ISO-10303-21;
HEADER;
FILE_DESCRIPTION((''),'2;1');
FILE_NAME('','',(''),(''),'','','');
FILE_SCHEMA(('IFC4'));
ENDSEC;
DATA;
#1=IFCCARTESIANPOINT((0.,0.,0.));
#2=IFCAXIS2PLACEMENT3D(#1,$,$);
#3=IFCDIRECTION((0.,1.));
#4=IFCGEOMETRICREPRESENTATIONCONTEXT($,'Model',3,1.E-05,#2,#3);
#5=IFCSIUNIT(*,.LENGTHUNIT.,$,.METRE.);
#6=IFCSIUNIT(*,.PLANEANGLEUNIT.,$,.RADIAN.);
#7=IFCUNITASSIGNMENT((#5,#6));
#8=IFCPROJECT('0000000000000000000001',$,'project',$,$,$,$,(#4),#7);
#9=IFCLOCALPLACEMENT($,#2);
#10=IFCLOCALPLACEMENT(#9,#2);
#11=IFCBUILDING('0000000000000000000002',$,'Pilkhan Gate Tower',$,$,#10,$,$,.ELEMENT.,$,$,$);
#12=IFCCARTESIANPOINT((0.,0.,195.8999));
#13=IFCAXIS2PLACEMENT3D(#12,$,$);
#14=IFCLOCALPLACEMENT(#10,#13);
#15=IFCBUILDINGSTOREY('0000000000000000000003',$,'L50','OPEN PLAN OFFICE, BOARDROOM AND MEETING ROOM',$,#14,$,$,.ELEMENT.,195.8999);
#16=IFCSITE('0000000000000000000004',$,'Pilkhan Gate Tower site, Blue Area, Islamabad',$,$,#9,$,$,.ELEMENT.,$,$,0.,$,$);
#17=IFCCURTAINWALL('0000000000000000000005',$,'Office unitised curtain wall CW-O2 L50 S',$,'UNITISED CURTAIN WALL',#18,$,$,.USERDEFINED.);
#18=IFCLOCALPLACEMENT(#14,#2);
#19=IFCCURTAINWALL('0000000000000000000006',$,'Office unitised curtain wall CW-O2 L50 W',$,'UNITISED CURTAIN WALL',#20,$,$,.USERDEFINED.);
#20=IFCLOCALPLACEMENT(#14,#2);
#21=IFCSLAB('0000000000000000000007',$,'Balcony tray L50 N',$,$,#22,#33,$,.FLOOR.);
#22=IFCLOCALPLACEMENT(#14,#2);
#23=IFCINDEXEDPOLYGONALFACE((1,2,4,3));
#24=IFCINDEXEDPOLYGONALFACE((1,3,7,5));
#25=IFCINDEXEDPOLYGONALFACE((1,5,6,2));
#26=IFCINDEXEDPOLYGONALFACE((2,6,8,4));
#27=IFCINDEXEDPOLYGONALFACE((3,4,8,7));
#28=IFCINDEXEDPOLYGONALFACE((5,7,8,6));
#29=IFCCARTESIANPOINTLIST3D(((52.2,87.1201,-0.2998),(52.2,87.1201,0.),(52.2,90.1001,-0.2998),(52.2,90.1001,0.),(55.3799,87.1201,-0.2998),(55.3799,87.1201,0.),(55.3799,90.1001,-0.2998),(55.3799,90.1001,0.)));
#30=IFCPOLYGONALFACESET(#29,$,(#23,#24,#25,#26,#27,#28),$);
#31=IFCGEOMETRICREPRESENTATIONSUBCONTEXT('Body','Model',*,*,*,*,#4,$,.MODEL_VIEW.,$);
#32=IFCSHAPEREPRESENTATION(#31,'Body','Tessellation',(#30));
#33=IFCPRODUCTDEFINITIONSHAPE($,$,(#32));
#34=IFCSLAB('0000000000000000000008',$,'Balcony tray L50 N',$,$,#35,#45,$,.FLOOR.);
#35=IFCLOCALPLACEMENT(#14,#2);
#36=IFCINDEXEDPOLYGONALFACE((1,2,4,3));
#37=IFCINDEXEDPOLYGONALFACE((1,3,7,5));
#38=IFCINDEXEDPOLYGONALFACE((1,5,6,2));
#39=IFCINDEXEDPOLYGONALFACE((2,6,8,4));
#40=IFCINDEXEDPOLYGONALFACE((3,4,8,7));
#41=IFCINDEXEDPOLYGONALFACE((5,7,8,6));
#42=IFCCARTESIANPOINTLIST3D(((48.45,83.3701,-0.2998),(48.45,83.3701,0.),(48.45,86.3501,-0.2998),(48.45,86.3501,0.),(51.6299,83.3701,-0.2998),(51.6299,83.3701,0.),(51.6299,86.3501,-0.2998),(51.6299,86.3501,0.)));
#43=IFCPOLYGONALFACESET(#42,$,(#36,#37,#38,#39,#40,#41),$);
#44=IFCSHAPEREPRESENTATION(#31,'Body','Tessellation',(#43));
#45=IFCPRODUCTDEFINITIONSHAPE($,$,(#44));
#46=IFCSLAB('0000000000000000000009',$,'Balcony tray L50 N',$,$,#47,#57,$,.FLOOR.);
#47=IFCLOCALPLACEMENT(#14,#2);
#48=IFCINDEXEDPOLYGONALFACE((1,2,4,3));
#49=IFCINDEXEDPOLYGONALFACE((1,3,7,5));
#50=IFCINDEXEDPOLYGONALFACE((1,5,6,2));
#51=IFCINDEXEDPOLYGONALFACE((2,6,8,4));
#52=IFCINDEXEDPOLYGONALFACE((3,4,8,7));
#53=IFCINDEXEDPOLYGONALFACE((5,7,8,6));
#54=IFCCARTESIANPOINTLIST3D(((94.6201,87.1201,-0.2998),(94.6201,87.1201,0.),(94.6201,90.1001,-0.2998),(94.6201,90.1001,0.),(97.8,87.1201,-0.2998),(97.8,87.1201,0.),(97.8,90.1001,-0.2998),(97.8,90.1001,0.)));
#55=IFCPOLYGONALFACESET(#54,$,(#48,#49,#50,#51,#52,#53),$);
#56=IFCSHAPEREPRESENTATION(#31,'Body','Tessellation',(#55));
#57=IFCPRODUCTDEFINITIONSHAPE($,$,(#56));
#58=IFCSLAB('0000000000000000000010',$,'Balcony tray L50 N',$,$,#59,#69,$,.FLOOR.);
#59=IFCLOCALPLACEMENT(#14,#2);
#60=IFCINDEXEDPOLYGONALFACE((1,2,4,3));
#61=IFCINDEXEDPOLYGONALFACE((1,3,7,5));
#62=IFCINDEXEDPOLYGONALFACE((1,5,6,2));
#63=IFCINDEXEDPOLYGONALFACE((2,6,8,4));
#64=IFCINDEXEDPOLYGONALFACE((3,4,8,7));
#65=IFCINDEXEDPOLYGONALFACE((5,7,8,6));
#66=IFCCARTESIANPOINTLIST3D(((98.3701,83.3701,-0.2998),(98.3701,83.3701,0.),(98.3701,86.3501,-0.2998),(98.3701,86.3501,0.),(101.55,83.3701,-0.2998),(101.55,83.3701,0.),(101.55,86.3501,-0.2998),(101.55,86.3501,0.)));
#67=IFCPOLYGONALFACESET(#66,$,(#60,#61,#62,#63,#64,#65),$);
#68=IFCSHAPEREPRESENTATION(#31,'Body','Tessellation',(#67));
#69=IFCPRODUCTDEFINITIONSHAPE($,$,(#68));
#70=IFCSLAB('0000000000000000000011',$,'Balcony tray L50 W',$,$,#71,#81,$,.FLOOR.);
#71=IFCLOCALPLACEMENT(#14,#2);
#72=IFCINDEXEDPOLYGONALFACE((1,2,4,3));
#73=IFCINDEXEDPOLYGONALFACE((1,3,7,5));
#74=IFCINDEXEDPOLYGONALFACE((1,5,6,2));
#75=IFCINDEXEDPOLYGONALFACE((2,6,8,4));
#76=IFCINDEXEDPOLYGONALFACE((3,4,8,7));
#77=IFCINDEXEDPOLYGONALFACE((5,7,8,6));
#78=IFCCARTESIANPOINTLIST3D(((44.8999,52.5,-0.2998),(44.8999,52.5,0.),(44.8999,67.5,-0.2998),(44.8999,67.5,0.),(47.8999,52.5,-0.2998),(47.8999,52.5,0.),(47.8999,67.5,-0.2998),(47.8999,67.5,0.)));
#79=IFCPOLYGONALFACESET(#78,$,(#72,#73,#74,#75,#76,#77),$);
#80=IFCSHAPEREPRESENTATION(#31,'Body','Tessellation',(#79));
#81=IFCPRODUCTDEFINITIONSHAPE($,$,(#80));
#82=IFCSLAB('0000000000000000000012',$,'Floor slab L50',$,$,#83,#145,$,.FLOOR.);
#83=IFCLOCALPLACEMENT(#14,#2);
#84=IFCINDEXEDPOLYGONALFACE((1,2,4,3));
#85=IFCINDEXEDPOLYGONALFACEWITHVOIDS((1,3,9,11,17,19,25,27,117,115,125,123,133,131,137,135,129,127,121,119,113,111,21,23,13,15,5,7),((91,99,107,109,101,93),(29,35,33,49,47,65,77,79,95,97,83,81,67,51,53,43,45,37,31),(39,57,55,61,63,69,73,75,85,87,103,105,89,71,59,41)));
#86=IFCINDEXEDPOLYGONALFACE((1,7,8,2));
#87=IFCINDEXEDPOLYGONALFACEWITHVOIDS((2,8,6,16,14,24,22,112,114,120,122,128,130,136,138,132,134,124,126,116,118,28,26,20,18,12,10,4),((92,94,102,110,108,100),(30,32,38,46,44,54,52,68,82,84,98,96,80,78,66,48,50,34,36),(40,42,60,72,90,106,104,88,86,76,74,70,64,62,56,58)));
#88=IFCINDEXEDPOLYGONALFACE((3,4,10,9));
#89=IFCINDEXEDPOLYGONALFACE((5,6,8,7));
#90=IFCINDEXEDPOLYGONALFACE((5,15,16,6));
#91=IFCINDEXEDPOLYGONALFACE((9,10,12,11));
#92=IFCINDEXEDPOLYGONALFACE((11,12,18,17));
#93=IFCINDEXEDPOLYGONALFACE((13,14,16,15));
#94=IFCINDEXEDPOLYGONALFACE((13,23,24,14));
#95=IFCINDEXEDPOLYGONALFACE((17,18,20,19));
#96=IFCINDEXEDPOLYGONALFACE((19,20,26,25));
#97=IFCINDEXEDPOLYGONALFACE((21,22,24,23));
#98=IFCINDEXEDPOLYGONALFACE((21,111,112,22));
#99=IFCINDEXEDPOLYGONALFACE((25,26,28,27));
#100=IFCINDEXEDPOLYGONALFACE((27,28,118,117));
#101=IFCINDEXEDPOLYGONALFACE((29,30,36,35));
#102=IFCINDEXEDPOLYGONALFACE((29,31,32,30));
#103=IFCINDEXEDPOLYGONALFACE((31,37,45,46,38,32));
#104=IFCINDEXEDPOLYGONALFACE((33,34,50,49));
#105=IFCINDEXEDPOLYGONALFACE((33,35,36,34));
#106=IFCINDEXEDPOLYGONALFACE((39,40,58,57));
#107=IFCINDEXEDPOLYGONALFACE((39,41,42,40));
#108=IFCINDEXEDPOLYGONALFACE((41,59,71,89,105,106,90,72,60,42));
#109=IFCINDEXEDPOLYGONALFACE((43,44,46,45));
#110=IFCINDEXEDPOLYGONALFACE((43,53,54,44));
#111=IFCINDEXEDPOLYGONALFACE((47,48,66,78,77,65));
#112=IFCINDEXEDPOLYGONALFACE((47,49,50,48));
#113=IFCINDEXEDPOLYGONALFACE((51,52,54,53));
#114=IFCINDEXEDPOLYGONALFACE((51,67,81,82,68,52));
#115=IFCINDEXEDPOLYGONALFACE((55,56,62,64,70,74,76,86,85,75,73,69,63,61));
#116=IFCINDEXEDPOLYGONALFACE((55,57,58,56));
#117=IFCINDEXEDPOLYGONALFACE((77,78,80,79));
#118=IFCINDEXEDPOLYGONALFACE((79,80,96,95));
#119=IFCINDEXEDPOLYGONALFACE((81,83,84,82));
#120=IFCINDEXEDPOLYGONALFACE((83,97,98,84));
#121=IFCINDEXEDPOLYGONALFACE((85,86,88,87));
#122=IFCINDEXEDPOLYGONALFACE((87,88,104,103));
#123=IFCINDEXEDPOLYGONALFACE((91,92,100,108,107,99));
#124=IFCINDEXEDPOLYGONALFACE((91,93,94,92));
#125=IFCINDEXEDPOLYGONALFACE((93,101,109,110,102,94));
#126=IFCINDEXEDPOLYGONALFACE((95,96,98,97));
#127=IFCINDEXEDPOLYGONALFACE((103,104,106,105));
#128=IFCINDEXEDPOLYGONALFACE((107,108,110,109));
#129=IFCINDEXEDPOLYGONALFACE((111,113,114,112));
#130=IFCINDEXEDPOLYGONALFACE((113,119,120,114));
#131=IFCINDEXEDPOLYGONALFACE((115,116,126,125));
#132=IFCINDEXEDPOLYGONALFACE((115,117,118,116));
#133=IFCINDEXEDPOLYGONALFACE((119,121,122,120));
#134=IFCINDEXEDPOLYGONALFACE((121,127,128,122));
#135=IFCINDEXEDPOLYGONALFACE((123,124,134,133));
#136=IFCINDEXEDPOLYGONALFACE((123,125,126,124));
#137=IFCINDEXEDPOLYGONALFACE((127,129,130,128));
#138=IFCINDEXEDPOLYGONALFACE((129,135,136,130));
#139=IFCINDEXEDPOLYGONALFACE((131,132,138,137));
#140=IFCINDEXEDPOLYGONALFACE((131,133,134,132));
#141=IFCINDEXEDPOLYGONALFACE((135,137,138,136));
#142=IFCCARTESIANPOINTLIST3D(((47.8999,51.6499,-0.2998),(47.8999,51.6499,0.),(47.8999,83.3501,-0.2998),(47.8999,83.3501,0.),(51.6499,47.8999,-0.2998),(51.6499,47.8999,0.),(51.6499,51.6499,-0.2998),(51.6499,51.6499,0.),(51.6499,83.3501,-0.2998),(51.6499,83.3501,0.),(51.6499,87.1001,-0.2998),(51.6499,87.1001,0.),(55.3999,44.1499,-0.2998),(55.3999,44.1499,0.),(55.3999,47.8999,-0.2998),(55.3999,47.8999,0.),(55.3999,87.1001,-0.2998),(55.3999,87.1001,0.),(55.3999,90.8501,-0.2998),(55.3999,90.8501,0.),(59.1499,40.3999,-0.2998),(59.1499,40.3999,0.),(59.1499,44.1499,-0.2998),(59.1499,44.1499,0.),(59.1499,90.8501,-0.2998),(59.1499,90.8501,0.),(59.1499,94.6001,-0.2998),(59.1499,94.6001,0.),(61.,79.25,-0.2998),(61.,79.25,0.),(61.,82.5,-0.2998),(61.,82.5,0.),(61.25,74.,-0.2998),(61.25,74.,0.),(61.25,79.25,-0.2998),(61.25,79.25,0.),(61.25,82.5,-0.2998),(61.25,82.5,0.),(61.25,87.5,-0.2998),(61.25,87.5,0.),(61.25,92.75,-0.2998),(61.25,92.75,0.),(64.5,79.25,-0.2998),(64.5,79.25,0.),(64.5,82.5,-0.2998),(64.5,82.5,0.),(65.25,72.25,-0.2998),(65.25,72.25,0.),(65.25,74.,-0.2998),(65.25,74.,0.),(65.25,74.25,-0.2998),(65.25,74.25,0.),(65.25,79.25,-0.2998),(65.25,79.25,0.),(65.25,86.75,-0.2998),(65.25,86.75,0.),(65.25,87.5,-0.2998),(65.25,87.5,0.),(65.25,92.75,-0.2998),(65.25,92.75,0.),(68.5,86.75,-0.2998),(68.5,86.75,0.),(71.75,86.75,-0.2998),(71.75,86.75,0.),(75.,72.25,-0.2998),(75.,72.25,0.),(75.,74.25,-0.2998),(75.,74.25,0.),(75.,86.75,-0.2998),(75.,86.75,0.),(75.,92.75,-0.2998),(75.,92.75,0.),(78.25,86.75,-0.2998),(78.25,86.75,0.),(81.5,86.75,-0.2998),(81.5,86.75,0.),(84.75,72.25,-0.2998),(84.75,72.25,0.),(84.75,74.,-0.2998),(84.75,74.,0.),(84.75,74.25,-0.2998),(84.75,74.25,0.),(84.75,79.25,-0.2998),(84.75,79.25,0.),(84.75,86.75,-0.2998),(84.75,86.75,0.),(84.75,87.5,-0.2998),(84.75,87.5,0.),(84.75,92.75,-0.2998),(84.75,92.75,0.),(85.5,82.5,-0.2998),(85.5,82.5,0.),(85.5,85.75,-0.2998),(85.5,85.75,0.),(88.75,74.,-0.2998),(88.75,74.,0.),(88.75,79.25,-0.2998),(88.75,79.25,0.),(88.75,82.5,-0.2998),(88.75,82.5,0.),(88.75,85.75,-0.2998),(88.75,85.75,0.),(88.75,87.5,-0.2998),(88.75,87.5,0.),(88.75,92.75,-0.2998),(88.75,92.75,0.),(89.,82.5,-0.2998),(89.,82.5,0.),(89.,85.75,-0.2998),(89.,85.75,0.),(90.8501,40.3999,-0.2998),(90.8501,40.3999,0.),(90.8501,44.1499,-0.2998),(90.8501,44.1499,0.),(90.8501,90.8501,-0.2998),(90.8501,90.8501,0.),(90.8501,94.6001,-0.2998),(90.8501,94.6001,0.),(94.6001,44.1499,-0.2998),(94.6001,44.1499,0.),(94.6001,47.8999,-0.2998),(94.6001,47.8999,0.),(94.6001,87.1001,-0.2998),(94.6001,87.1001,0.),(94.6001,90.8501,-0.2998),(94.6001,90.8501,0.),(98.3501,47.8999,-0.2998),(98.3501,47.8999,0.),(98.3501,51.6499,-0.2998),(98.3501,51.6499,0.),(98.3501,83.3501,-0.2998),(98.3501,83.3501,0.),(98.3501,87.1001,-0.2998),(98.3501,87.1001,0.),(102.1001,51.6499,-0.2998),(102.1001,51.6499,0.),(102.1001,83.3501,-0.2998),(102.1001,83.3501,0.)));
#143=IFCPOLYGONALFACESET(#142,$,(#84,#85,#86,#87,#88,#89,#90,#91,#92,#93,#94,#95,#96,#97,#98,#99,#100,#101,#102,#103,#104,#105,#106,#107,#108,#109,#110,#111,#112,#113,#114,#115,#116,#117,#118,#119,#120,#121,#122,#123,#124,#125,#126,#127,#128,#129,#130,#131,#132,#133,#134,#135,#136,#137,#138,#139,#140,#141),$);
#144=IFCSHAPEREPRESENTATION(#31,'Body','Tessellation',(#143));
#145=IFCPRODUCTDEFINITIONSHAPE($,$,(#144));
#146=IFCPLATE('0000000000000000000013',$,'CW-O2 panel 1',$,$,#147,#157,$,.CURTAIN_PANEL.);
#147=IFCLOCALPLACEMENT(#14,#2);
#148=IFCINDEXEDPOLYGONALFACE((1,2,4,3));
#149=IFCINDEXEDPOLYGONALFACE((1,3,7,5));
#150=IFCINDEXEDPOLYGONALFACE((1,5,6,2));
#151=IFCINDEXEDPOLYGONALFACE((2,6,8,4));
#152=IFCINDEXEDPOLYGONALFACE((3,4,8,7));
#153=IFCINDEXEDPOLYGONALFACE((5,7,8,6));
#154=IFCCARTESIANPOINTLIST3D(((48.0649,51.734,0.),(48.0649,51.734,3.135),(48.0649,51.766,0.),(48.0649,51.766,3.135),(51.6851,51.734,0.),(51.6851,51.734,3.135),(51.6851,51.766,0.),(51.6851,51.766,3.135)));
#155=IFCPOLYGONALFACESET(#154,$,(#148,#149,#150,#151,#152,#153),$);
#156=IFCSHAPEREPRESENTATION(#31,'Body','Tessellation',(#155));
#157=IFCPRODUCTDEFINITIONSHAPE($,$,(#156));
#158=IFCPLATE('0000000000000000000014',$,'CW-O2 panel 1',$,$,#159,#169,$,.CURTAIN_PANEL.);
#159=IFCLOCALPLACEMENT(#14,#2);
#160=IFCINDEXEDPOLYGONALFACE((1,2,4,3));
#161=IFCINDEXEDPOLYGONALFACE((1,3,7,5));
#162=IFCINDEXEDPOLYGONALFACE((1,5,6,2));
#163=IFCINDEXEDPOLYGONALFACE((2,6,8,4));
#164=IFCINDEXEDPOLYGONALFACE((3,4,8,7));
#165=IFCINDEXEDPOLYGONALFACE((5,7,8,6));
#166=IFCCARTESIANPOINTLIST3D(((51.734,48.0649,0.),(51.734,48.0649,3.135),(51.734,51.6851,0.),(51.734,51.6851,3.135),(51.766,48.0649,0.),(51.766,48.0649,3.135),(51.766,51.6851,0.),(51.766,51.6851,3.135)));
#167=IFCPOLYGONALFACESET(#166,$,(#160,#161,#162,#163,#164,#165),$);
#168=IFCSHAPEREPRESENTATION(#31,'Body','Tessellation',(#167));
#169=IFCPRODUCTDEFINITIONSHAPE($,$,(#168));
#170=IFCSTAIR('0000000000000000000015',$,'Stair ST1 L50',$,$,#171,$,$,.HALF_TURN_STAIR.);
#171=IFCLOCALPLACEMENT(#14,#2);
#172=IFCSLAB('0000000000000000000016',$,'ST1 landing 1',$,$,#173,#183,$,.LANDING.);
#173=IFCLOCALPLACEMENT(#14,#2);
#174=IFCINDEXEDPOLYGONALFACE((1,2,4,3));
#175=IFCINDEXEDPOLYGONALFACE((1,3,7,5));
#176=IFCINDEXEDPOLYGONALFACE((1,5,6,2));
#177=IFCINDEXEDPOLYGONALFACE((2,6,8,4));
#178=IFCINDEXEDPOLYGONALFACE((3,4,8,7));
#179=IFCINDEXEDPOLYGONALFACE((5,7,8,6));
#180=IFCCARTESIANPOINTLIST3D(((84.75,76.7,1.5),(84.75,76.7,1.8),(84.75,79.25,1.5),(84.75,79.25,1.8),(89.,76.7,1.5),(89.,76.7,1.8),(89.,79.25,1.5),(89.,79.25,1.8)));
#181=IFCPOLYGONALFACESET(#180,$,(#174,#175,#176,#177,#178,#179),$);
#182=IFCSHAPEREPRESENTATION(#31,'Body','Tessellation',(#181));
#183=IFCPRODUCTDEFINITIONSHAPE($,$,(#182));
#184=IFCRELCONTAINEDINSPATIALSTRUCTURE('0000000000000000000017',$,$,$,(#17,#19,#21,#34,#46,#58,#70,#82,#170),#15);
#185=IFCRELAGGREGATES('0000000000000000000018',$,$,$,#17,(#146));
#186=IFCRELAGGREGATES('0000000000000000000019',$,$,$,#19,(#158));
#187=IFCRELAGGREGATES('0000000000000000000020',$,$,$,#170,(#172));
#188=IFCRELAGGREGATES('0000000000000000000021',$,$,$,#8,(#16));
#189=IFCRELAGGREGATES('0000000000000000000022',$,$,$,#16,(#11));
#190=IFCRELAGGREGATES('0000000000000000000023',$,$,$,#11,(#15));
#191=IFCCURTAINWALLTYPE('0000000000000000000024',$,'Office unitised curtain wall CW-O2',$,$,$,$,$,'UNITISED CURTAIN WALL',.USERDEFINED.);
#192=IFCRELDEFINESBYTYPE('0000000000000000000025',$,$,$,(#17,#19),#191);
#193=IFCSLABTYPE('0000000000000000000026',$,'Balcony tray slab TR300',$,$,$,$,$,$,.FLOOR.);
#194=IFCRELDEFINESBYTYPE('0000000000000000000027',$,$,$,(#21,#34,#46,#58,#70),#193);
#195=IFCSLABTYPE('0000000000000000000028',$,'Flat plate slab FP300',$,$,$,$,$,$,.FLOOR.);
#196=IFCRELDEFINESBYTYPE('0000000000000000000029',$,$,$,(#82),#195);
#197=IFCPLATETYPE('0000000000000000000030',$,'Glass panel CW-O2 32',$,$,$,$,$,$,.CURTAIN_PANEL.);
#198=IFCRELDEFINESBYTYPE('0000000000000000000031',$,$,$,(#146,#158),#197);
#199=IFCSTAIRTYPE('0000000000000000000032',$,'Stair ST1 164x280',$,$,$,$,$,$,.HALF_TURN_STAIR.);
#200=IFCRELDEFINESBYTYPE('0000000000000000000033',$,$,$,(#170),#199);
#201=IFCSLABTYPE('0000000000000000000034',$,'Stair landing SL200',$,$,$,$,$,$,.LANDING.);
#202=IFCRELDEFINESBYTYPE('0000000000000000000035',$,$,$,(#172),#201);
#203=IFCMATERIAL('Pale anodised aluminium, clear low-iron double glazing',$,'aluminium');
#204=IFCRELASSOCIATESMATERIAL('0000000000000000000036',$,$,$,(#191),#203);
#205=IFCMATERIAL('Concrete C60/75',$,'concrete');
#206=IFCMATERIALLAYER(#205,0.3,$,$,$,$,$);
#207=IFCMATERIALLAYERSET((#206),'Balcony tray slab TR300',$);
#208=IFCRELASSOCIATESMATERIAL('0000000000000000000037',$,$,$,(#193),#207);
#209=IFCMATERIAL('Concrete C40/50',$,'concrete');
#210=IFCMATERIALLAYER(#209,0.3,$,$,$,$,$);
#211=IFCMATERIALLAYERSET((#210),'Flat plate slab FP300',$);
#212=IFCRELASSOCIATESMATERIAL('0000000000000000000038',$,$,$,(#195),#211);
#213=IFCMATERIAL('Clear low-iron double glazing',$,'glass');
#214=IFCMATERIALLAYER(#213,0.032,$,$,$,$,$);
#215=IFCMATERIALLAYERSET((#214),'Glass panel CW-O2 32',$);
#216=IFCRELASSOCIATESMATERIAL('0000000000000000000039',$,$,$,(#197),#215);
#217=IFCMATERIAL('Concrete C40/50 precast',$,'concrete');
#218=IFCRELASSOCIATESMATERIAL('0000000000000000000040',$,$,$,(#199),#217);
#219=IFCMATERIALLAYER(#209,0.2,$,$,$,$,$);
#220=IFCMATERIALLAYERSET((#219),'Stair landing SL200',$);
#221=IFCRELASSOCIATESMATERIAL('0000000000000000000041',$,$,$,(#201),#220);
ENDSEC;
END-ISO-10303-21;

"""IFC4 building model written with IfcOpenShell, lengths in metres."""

from ifc_helpers import new_model, si_unit, direction, frame, origin, origin_2d, place, context, subcontext, project, spatial, polyline, rectangle, outline, extrude, material, layer, layer_set, type_object, element, aggregate, save


model = new_model("IFC4")

# Units and contexts
model_context = context("Model", 3, precision=1e-05, world=origin(), true_north=direction((0.0, 1.0)))
body_context = subcontext(model_context, "Body", "Model", "MODEL_VIEW")
ifc_project = project(units=[si_unit("LENGTHUNIT", "METRE"), si_unit("PLANEANGLEUNIT", "RADIAN")], contexts=[model_context])

# Site, building, storey
site_placement = place(None, origin())
site = spatial("IfcSite", under=ifc_project, at=site_placement, Name="Pilkhan Gate Tower site, Blue Area, Islamabad", CompositionType="ELEMENT", RefElevation=0.0)
building_placement = place(site_placement, origin())
building = spatial("IfcBuilding", under=site, at=building_placement, Name="Pilkhan Gate Tower", CompositionType="ELEMENT")
storey_placement = place(building_placement, frame((0.0, 0.0, 195.8999)))
storey = spatial("IfcBuildingStorey", under=building, at=storey_placement, Name="L50", Description="OPEN PLAN OFFICE, BOARDROOM AND MEETING ROOM", CompositionType="ELEMENT", Elevation=195.8999)

# Shared definitions
ifc_material_1 = material(Name="Pale anodised aluminium, clear low-iron double glazing", Category="aluminium")
curtain_wall_type = type_object("IfcCurtainWallType", Name="Office unitised curtain wall CW-O2", ElementType="UNITISED CURTAIN WALL", PredefinedType="USERDEFINED", material=ifc_material_1)

# Curtain walls
curtain_wall_1_placement = place(storey_placement, origin())
curtain_wall_1 = element("IfcCurtainWall", 1, at=curtain_wall_1_placement, inside=storey, type_object=curtain_wall_type, Name="Office unitised curtain wall CW-O2 L50 S", ObjectType="UNITISED CURTAIN WALL", PredefinedType="USERDEFINED")
curtain_wall_2_placement = place(storey_placement, origin())
curtain_wall_2 = element("IfcCurtainWall", 2, at=curtain_wall_2_placement, inside=storey, type_object=curtain_wall_type, Name="Office unitised curtain wall CW-O2 L50 W", ObjectType="UNITISED CURTAIN WALL", PredefinedType="USERDEFINED")

# Slabs
ifc_material_2 = material(Name="Concrete C60/75", Category="concrete")
ifc_layer_1 = layer(ifc_material_2, 0.3)
ifc_layer_set_1 = layer_set([ifc_layer_1], Name="Balcony tray slab TR300")
slab_type_1 = type_object("IfcSlabType", Name="Balcony tray slab TR300", PredefinedType="FLOOR", material=ifc_layer_set_1)
slab_1_placement = place(storey_placement, frame((0.0, 0.0, -0.2998)))
element("IfcSlab", 3, at=slab_1_placement, inside=storey, type_object=slab_type_1, Name="Balcony tray L50 N", PredefinedType="FLOOR", context=body_context, shape_type="SweptSolid", body=[
    extrude(outline(polyline([(55.3799, 87.1201), (55.3799, 90.1001), (52.2, 90.1001), (52.2, 87.1201), (55.3799, 87.1201)])), origin(), (0.0, 0.0, 1.0), 0.2998),
])
slab_2_placement = place(storey_placement, frame((0.0, 0.0, -0.2998)))
element("IfcSlab", 4, at=slab_2_placement, inside=storey, type_object=slab_type_1, Name="Balcony tray L50 N", PredefinedType="FLOOR", context=body_context, shape_type="SweptSolid", body=[
    extrude(outline(polyline([(51.6299, 83.3701), (51.6299, 86.3501), (48.45, 86.3501), (48.45, 83.3701), (51.6299, 83.3701)])), origin(), (0.0, 0.0, 1.0), 0.2998),
])
slab_3_placement = place(storey_placement, frame((0.0, 0.0, -0.2998)))
element("IfcSlab", 5, at=slab_3_placement, inside=storey, type_object=slab_type_1, Name="Balcony tray L50 N", PredefinedType="FLOOR", context=body_context, shape_type="SweptSolid", body=[
    extrude(outline(polyline([(97.8, 87.1201), (97.8, 90.1001), (94.6201, 90.1001), (94.6201, 87.1201), (97.8, 87.1201)])), origin(), (0.0, 0.0, 1.0), 0.2998),
])
slab_4_placement = place(storey_placement, frame((0.0, 0.0, -0.2998)))
element("IfcSlab", 6, at=slab_4_placement, inside=storey, type_object=slab_type_1, Name="Balcony tray L50 N", PredefinedType="FLOOR", context=body_context, shape_type="SweptSolid", body=[
    extrude(outline(polyline([(101.55, 83.3701), (101.55, 86.3501), (98.3701, 86.3501), (98.3701, 83.3701), (101.55, 83.3701)])), origin(), (0.0, 0.0, 1.0), 0.2998),
])
slab_5_placement = place(storey_placement, frame((0.0, 0.0, -0.2998)))
element("IfcSlab", 7, at=slab_5_placement, inside=storey, type_object=slab_type_1, Name="Balcony tray L50 W", PredefinedType="FLOOR", context=body_context, shape_type="SweptSolid", body=[
    extrude(outline(polyline([(47.8999, 52.5), (47.8999, 67.5), (44.8999, 67.5), (44.8999, 52.5), (47.8999, 52.5)])), origin(), (0.0, 0.0, 1.0), 0.2998),
])
ifc_material_3 = material(Name="Concrete C40/50", Category="concrete")
ifc_layer_2 = layer(ifc_material_3, 0.3)
ifc_layer_set_2 = layer_set([ifc_layer_2], Name="Flat plate slab FP300")
slab_type_2 = type_object("IfcSlabType", Name="Flat plate slab FP300", PredefinedType="FLOOR", material=ifc_layer_set_2)
slab_6_placement = place(storey_placement, frame((0.0, 0.0, -0.2998)))
element("IfcSlab", 8, at=slab_6_placement, inside=storey, type_object=slab_type_2, Name="Floor slab L50", PredefinedType="FLOOR", context=body_context, shape_type="SweptSolid", body=[
    extrude(outline(polyline([(98.3501, 47.8999), (94.6001, 47.8999), (94.6001, 44.1499), (90.8501, 44.1499), (90.8501, 40.3999), (59.1499, 40.3999), (59.1499, 44.1499), (55.3999, 44.1499), (55.3999, 47.8999), (51.6499, 47.8999), (51.6499, 51.6499), (47.8999, 51.6499), (47.8999, 83.3501), (51.6499, 83.3501), (51.6499, 87.1001), (55.3999, 87.1001), (55.3999, 90.8501), (59.1499, 90.8501), (59.1499, 94.6001), (90.8501, 94.6001), (90.8501, 90.8501), (94.6001, 90.8501), (94.6001, 87.1001), (98.3501, 87.1001), (98.3501, 83.3501), (102.1001, 83.3501), (102.1001, 51.6499), (98.3501, 51.6499), (98.3501, 47.8999)]), holes=[polyline([(75.0, 72.25), (84.75, 72.25), (84.75, 74.0), (88.75, 74.0), (88.75, 79.25), (84.75, 79.25), (84.75, 74.25), (75.0, 74.25), (65.25, 74.25), (65.25, 79.25), (64.5, 79.25), (64.5, 82.5), (61.25, 82.5), (61.0, 82.5), (61.0, 79.25), (61.25, 79.25), (61.25, 74.0), (65.25, 74.0), (65.25, 72.25), (75.0, 72.25)]), polyline([(68.5, 86.75), (71.75, 86.75), (75.0, 86.75), (78.25, 86.75), (81.5, 86.75), (84.75, 86.75), (84.75, 87.5), (88.75, 87.5), (88.75, 92.75), (84.75, 92.75), (75.0, 92.75), (65.25, 92.75), (61.25, 92.75), (61.25, 87.5), (65.25, 87.5), (65.25, 86.75), (68.5, 86.75)]), polyline([(85.5, 85.75), (85.5, 82.5), (88.75, 82.5), (89.0, 82.5), (89.0, 85.75), (88.75, 85.75), (85.5, 85.75)])]), origin(), (0.0, 0.0, 1.0), 0.2998),
])

# Plates
ifc_material_4 = material(Name="Clear low-iron double glazing", Category="glass")
ifc_layer_3 = layer(ifc_material_4, 0.032)
ifc_layer_set_3 = layer_set([ifc_layer_3], Name="Glass panel CW-O2 32")
plate_type = type_object("IfcPlateType", Name="Glass panel CW-O2 32", PredefinedType="CURTAIN_PANEL", material=ifc_layer_set_3)
plate_1_placement = place(storey_placement, frame((49.875, 51.75, 0.0), z_axis=(0.0, 0.0, 1.0), x_axis=(1.0, 0.0, 0.0)))
plate_1 = element("IfcPlate", 9, at=plate_1_placement, type_object=plate_type, Name="CW-O2 panel 1", PredefinedType="CURTAIN_PANEL", context=body_context, shape_type="SweptSolid", body=[
    extrude(rectangle(XDim=3.6201, YDim=0.032, at=origin_2d()), origin(), (0.0, 0.0, 1.0), 3.135),
])
aggregate(curtain_wall_1, [plate_1])
plate_2_placement = place(storey_placement, frame((51.75, 49.875, 0.0), z_axis=(0.0, 0.0, 1.0), x_axis=(0.0, 1.0, 0.0)))
plate_2 = element("IfcPlate", 10, at=plate_2_placement, type_object=plate_type, Name="CW-O2 panel 1", PredefinedType="CURTAIN_PANEL", context=body_context, shape_type="SweptSolid", body=[
    extrude(rectangle(XDim=3.6201, YDim=0.032, at=origin_2d()), origin(), (0.0, 0.0, 1.0), 3.135),
])
aggregate(curtain_wall_2, [plate_2])

# Stair, slab
ifc_material_5 = material(Name="Concrete C40/50 precast", Category="concrete")
stair_type_1 = type_object("IfcStairType", Name="Stair ST1 164x280", PredefinedType="HALF_TURN_STAIR", material=ifc_material_5)
stair_1_placement = place(storey_placement, origin())
stair_1 = element("IfcStair", 11, at=stair_1_placement, inside=storey, type_object=stair_type_1, Name="Stair ST1 L50", PredefinedType="HALF_TURN_STAIR")
ifc_layer_4 = layer(ifc_material_3, 0.2)
ifc_layer_set_4 = layer_set([ifc_layer_4], Name="Stair landing SL200")
slab_type_3 = type_object("IfcSlabType", Name="Stair landing SL200", PredefinedType="LANDING", material=ifc_layer_set_4)
slab_7_placement = place(storey_placement, frame((0.0, 0.0, 1.5)))
slab_7 = element("IfcSlab", 12, at=slab_7_placement, type_object=slab_type_3, Name="ST1 landing 1", PredefinedType="LANDING", context=body_context, shape_type="SweptSolid", body=[
    extrude(outline(polyline([(89.0, 76.7), (89.0, 79.25), (84.75, 79.25), (84.75, 76.7), (89.0, 76.7)])), origin(), (0.0, 0.0, 1.0), 0.3),
])
aggregate(stair_1, [slab_7])

save(model, "model.ifc")
